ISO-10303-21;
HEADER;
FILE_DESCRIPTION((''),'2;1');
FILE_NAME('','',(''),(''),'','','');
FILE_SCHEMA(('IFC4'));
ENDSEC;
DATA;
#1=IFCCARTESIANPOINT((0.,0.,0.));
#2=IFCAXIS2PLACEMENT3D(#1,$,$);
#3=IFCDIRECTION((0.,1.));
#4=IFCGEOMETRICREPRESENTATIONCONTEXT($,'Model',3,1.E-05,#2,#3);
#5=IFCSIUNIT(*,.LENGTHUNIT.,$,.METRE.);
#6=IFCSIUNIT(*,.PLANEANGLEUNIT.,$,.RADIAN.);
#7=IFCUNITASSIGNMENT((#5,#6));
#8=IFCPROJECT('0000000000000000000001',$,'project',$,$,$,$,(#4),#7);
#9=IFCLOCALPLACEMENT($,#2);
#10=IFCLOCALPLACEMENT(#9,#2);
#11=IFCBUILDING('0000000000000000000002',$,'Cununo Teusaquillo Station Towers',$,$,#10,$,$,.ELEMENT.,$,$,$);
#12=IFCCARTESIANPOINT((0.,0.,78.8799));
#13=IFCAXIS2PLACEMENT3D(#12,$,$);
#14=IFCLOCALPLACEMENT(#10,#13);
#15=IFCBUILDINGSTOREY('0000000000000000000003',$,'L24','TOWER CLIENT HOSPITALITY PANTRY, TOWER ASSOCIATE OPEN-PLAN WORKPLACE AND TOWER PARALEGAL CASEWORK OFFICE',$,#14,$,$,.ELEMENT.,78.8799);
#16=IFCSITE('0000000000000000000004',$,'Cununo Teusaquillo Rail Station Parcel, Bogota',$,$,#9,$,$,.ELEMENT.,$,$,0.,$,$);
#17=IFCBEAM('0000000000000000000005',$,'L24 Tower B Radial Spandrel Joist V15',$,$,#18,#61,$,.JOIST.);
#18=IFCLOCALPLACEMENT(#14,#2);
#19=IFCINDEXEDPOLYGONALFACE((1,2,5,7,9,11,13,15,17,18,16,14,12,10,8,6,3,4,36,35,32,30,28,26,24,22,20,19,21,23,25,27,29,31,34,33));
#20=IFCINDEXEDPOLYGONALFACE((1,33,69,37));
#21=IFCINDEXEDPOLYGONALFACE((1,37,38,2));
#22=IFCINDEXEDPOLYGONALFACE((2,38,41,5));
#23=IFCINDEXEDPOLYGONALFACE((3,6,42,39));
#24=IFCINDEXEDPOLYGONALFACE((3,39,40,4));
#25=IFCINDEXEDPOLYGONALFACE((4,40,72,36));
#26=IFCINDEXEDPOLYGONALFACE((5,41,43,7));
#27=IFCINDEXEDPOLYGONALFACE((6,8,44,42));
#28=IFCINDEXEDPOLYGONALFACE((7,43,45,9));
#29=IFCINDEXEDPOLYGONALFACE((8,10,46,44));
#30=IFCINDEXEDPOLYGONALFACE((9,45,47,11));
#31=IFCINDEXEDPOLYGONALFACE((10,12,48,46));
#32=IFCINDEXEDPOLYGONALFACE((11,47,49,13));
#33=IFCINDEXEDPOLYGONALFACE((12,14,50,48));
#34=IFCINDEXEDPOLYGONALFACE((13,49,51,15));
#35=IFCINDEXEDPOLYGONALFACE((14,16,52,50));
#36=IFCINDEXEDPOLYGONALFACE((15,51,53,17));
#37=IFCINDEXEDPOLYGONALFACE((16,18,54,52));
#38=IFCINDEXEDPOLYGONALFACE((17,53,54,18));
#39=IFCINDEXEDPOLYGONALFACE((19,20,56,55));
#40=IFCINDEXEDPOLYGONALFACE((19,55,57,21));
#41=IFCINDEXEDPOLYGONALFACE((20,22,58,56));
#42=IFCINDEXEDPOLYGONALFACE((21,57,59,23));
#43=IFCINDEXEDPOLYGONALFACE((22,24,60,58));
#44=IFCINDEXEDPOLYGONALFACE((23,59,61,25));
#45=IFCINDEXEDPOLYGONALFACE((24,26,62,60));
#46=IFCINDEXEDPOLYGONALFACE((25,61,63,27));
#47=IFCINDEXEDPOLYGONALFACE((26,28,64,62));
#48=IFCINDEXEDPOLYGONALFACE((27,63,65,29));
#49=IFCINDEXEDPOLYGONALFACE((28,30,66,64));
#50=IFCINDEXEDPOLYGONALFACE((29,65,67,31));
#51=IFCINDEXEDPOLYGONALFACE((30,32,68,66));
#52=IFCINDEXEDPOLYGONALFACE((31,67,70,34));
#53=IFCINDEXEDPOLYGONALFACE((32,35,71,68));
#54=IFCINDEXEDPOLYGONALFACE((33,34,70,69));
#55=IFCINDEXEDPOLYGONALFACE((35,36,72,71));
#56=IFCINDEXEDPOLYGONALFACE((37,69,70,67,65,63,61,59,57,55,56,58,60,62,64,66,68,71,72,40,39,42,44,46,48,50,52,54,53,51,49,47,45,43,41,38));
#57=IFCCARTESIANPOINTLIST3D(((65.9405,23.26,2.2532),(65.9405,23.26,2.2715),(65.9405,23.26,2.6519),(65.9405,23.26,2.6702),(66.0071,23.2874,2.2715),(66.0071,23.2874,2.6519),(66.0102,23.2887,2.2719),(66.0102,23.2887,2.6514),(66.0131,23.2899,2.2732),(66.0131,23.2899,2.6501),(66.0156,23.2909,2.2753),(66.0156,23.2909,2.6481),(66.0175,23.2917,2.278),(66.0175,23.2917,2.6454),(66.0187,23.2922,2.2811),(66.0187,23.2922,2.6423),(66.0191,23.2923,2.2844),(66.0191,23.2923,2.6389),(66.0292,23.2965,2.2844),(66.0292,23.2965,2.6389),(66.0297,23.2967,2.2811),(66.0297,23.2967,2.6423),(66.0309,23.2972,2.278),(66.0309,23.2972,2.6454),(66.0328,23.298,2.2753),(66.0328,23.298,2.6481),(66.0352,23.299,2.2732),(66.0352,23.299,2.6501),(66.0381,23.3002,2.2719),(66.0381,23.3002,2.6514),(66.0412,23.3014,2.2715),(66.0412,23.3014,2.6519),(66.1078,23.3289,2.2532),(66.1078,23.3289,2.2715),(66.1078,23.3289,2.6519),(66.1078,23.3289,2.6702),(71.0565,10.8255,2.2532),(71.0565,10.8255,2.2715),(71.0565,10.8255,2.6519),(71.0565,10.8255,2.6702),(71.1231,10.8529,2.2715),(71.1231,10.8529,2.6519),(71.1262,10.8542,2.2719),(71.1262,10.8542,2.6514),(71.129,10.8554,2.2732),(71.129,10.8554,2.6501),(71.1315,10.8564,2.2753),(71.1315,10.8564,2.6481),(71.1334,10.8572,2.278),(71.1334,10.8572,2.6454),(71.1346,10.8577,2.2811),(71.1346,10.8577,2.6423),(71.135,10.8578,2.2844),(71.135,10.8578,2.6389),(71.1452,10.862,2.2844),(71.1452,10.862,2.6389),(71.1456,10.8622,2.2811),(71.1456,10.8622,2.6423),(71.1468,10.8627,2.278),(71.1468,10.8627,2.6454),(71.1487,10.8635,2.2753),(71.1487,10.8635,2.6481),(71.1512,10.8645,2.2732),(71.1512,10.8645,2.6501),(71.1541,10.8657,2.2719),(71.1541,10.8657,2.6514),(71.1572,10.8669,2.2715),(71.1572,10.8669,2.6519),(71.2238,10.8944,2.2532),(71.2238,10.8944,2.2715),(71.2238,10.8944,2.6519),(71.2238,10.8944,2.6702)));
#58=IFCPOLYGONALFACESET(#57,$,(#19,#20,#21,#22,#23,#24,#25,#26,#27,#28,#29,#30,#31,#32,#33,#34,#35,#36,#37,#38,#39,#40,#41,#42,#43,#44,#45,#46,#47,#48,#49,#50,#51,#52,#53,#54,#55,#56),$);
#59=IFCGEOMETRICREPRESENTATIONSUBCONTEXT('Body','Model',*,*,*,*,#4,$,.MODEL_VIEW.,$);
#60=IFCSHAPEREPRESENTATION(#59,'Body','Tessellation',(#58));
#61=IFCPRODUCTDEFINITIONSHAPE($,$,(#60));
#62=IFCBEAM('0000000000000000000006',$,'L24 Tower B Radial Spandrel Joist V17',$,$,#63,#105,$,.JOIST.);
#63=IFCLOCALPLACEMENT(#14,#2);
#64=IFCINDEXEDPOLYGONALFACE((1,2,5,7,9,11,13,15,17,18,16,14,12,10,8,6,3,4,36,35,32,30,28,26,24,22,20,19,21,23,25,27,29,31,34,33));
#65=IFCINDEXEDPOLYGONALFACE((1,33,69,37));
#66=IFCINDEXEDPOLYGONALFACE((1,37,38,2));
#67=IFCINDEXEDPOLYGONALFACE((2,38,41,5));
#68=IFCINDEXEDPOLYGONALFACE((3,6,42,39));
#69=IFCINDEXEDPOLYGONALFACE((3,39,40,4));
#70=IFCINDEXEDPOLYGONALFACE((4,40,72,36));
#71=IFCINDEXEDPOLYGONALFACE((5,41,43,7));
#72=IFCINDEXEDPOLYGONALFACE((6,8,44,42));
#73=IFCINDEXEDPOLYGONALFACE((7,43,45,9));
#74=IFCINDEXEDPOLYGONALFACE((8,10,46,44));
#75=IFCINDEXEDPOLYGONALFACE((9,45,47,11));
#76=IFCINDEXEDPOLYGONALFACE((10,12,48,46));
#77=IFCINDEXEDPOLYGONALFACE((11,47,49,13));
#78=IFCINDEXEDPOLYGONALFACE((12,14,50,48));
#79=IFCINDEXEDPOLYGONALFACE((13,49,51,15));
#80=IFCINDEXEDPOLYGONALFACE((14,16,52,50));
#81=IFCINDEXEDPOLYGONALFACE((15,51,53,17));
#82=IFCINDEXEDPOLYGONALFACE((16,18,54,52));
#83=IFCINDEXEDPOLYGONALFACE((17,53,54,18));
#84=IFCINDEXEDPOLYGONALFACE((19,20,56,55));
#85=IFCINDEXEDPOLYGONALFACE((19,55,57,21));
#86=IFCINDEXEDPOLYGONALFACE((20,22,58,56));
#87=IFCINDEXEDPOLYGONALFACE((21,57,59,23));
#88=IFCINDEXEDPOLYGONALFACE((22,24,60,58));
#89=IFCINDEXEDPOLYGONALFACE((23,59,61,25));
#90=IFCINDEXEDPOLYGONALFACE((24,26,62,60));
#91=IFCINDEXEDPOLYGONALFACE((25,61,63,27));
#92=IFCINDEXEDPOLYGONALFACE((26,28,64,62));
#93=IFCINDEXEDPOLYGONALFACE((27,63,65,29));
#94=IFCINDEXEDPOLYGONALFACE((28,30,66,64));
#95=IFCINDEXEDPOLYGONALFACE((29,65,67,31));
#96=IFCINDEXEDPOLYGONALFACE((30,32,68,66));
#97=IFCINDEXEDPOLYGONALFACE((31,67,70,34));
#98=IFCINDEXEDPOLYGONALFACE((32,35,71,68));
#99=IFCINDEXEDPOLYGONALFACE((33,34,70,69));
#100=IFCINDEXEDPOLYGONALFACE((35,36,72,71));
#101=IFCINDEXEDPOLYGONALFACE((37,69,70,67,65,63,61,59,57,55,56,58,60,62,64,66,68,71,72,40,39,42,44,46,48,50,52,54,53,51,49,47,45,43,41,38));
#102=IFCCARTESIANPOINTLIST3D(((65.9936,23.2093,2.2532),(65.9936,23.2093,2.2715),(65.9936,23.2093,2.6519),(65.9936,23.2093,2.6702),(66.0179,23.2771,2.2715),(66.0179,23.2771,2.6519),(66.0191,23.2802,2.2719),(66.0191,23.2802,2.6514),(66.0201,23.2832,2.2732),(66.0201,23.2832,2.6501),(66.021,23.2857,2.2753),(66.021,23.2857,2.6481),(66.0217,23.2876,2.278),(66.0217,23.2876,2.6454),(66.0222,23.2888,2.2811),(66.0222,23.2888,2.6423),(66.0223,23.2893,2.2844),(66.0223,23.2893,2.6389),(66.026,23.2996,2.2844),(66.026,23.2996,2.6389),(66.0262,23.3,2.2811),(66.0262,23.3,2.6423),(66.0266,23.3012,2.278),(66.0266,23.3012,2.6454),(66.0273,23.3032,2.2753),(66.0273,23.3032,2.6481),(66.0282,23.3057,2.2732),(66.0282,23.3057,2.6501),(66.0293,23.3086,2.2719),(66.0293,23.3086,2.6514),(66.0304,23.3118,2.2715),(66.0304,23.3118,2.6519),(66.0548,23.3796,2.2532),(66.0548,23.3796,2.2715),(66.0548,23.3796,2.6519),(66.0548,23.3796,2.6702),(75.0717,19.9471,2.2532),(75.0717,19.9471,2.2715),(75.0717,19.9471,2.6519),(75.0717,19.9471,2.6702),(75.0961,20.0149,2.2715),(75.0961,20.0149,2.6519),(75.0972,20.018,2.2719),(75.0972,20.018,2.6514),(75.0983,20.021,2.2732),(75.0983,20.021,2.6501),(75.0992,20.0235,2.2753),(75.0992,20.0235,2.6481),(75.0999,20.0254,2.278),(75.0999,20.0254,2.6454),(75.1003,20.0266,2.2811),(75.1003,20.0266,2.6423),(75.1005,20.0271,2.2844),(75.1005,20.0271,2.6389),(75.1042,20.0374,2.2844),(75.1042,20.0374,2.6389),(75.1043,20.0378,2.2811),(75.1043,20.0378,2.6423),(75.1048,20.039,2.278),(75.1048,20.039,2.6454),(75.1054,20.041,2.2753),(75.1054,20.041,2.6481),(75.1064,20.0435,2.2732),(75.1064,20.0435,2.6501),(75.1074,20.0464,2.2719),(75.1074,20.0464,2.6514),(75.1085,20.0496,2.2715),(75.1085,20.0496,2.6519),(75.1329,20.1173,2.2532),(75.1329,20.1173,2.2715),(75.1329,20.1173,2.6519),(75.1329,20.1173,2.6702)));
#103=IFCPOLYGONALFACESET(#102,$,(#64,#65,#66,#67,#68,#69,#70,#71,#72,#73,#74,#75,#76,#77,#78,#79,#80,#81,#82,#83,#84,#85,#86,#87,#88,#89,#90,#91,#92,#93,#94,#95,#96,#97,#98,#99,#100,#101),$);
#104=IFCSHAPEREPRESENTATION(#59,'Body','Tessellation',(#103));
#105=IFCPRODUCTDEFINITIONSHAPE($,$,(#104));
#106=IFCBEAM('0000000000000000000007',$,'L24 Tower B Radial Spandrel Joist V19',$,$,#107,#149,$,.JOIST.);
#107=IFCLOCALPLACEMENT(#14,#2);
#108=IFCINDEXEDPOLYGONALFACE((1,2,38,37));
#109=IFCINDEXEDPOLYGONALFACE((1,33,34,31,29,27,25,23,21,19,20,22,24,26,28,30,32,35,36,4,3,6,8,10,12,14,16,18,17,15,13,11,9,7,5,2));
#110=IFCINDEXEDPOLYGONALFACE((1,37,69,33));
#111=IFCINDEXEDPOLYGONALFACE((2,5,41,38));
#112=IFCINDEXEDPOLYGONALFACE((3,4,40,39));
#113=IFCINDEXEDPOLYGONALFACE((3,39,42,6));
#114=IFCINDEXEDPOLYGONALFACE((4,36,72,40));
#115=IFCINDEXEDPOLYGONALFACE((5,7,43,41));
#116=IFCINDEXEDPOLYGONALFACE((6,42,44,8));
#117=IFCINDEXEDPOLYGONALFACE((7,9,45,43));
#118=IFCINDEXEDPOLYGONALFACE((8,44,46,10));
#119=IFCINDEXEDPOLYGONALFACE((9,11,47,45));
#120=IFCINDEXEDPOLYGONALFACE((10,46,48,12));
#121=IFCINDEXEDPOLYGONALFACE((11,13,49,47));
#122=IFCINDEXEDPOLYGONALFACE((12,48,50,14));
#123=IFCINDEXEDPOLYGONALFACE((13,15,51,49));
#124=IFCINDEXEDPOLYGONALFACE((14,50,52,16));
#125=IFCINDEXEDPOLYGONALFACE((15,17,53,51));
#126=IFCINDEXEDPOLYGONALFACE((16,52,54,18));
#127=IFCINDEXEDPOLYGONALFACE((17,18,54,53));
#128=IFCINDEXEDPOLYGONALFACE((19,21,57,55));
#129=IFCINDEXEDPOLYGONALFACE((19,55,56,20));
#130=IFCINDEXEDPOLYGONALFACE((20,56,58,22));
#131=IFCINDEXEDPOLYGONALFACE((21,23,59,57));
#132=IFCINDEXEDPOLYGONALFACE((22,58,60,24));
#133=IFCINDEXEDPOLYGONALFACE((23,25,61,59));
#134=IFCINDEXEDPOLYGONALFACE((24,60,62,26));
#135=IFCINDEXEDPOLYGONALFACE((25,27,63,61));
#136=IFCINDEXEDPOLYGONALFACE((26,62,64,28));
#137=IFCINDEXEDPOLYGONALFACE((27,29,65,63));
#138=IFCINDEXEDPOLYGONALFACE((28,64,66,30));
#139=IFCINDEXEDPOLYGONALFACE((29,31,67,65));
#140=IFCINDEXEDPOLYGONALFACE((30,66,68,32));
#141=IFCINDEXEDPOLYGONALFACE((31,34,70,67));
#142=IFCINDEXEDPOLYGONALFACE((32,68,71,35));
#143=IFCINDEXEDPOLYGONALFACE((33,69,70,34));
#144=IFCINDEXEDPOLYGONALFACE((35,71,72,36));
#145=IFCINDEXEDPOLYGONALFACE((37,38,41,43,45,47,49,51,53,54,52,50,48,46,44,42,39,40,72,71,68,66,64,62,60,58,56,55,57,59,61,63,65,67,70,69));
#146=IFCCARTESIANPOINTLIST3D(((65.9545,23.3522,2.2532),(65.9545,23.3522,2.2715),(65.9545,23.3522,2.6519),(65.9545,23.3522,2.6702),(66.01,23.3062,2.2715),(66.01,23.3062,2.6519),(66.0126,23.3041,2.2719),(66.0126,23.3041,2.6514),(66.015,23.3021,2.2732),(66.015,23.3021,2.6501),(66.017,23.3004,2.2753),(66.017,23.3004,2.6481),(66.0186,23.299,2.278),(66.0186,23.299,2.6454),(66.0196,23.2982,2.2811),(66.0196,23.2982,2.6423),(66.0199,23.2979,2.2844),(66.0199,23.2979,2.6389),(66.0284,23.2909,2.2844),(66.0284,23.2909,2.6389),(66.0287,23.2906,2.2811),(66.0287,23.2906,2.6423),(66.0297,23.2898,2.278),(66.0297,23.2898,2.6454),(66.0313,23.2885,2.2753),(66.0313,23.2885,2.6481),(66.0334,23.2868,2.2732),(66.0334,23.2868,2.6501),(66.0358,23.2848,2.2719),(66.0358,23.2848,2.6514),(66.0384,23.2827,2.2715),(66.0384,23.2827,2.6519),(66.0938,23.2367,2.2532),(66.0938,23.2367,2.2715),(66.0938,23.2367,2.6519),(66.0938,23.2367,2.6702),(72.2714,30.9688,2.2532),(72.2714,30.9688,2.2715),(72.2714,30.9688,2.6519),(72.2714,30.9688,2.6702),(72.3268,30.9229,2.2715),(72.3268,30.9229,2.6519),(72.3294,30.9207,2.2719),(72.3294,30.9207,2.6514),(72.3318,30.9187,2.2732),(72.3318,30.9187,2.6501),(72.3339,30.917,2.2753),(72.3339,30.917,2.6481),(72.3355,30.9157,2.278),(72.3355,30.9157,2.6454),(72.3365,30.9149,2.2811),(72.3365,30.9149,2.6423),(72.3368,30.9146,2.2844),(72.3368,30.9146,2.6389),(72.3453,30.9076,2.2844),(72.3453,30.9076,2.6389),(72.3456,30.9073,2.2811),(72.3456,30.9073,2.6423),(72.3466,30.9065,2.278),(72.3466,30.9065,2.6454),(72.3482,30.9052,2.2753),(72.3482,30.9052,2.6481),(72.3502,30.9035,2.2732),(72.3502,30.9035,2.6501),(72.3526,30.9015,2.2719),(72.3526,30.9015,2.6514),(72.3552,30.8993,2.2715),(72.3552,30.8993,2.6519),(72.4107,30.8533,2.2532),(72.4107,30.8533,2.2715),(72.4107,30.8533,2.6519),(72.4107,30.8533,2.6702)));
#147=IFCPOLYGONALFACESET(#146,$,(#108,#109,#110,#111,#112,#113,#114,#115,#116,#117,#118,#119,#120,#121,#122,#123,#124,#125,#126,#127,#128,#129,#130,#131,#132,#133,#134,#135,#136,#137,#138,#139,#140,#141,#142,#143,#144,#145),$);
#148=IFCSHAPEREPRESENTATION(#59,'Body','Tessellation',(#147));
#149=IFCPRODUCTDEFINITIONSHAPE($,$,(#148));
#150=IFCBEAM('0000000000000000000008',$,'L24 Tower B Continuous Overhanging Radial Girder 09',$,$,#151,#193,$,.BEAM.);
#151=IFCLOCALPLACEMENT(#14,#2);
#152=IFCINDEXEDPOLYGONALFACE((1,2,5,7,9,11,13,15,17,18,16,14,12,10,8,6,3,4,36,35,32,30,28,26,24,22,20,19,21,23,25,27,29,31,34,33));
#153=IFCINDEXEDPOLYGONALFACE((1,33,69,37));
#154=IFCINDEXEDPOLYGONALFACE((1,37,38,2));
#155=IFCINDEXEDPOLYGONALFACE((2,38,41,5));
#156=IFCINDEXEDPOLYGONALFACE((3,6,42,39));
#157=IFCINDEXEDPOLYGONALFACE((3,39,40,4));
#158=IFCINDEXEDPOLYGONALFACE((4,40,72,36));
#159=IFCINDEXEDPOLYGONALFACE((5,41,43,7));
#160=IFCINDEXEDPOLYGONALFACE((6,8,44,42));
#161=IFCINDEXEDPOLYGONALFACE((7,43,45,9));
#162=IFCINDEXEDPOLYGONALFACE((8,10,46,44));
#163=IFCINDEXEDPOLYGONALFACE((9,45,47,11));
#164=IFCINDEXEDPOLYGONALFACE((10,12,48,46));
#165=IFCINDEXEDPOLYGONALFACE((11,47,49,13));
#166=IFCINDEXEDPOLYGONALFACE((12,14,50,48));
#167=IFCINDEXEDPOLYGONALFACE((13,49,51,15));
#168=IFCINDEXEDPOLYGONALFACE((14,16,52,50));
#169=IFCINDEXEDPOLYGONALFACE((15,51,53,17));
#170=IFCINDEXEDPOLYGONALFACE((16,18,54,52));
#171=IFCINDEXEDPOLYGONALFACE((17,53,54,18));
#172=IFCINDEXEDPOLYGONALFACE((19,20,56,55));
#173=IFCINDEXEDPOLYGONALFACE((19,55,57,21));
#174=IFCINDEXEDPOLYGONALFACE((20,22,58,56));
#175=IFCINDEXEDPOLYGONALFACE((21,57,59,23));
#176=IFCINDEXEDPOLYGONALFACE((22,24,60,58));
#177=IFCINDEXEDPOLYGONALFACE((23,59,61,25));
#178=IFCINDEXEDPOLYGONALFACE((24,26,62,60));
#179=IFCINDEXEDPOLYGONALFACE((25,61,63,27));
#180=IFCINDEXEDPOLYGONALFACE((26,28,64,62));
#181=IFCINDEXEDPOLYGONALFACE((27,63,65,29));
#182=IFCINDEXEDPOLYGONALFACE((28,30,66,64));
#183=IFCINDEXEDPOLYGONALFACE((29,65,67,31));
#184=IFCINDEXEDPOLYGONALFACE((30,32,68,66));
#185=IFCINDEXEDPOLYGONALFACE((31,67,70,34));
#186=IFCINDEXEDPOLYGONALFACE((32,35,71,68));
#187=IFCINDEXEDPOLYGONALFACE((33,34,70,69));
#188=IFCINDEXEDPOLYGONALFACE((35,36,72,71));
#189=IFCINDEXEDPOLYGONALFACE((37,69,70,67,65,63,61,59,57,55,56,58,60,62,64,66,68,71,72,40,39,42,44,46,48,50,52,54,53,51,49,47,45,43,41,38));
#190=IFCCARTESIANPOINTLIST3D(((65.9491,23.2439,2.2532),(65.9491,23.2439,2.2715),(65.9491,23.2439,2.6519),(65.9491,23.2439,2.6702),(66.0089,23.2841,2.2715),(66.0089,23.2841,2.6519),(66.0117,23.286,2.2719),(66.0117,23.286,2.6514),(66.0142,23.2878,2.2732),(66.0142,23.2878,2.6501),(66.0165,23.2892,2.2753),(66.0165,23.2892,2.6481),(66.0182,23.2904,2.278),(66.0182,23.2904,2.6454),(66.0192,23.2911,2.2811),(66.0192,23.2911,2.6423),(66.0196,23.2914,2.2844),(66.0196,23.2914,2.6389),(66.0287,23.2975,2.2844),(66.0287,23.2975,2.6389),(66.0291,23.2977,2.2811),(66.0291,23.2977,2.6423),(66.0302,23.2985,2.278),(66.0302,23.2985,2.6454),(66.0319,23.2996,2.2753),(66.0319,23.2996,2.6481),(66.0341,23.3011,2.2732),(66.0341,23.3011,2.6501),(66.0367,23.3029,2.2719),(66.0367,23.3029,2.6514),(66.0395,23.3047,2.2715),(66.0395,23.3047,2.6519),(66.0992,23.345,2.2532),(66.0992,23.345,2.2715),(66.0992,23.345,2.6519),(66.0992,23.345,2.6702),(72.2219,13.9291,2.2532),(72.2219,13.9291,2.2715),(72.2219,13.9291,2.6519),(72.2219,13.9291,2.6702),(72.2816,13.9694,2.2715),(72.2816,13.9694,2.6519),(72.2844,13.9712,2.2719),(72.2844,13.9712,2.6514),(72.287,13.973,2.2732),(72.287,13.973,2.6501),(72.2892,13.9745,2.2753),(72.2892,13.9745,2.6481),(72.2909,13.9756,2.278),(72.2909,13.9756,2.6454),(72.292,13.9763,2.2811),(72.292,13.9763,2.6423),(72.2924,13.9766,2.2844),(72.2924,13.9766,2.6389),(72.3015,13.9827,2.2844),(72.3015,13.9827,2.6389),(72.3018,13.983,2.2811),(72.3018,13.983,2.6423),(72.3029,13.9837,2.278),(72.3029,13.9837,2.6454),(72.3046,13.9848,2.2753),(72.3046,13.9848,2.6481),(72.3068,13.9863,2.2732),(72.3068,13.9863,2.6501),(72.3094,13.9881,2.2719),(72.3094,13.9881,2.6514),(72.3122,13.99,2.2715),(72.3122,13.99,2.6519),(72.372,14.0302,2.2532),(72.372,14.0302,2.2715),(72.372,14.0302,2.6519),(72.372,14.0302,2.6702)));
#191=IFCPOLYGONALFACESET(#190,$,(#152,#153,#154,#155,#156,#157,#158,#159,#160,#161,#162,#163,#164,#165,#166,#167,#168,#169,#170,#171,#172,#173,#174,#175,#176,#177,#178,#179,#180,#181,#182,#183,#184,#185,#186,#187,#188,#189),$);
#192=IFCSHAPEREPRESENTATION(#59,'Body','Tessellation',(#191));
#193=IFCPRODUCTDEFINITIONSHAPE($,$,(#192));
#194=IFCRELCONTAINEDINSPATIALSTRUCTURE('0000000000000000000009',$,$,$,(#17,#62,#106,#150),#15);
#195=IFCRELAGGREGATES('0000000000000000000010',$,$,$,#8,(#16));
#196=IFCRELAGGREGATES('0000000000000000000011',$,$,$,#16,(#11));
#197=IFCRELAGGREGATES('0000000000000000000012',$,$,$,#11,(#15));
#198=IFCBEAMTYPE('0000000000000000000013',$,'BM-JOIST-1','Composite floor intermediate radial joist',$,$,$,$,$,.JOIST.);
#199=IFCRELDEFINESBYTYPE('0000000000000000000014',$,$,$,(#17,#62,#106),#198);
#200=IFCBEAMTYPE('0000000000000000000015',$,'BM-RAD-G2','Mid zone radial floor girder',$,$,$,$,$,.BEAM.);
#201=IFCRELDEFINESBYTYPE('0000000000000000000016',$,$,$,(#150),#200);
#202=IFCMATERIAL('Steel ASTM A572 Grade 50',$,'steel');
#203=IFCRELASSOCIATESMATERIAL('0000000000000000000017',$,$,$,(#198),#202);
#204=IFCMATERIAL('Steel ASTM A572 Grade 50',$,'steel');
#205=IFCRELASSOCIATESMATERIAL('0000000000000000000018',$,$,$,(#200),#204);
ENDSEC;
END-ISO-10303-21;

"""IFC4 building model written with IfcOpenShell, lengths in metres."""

from ifc_helpers import new_model, si_unit, direction, frame, origin, origin_2d, place, context, subcontext, project, spatial, i_section, extrude, material, material_profile, profile_set, type_object, element, save


model = new_model("IFC4")

# Units and contexts
model_context = context("Model", 3, precision=1e-05, world=origin(), true_north=direction((0.0, 1.0)))
body_context = subcontext(model_context, "Body", "Model", "MODEL_VIEW")
ifc_project = project(units=[si_unit("LENGTHUNIT", "METRE"), si_unit("PLANEANGLEUNIT", "RADIAN")], contexts=[model_context])

# Site, building, storey
site_placement = place(None, origin())
site = spatial("IfcSite", under=ifc_project, at=site_placement, Name="Cununo Teusaquillo Rail Station Parcel, Bogota", CompositionType="ELEMENT", RefElevation=0.0)
building_placement = place(site_placement, origin())
building = spatial("IfcBuilding", under=site, at=building_placement, Name="Cununo Teusaquillo Station Towers", CompositionType="ELEMENT")
storey_placement = place(building_placement, frame((0.0, 0.0, 78.8799)))
storey = spatial("IfcBuildingStorey", under=building, at=storey_placement, Name="L24", Description="TOWER CLIENT HOSPITALITY PANTRY, TOWER ASSOCIATE OPEN-PLAN WORKPLACE AND TOWER PARALEGAL CASEWORK OFFICE", CompositionType="ELEMENT", Elevation=78.8799)

# Beams
ifc_material_1 = material(Name="Steel ASTM A572 Grade 50", Category="steel")
ifc_material_profile_1 = material_profile(ifc_material_1, i_section(OverallWidth=0.1809, OverallDepth=0.417, WebThickness=0.011, FlangeThickness=0.0183, FilletRadius=0.0129, at=origin_2d()), Name="W16X57")
ifc_profile_set_1 = profile_set([ifc_material_profile_1], Name="Steel ASTM A572 Grade 50")
beam_type_1 = type_object("IfcBeamType", Name="BM-JOIST-1", Description="Composite floor intermediate radial joist", PredefinedType="JOIST", material=ifc_profile_set_1)
beam_1_placement = place(storey_placement, frame((66.0242, 23.2944, 2.4617), z_axis=(0.380486, -0.924787, 0.0), x_axis=(0.924787, 0.380486, 0.0)))
element("IfcBeam", 1, at=beam_1_placement, inside=storey, type_object=beam_type_1, Name="L24 Tower B Radial Spandrel Joist V15", PredefinedType="JOIST", context=body_context, shape_type="SweptSolid", body=[
    extrude(i_section(OverallWidth=0.1809, OverallDepth=0.417, WebThickness=0.011, FlangeThickness=0.0183, FilletRadius=0.0129, at=origin_2d()), origin(), (0.0, 0.0, 1.0), 13.4458),
])
beam_2_placement = place(storey_placement, frame((66.0242, 23.2944, 2.4617), z_axis=(0.941083, -0.338176, 0.0), x_axis=(0.338176, 0.941083, 0.0)))
element("IfcBeam", 2, at=beam_2_placement, inside=storey, type_object=beam_type_1, Name="L24 Tower B Radial Spandrel Joist V17", PredefinedType="JOIST", context=body_context, shape_type="SweptSolid", body=[
    extrude(i_section(OverallWidth=0.1809, OverallDepth=0.417, WebThickness=0.011, FlangeThickness=0.0183, FilletRadius=0.0129, at=origin_2d()), origin(), (0.0, 0.0, 1.0), 9.6465),
])
beam_3_placement = place(storey_placement, frame((66.0242, 23.2944, 2.4617), z_axis=(0.638372, 0.769728, 0.0), x_axis=(-0.769728, 0.638372, 0.0)))
element("IfcBeam", 3, at=beam_3_placement, inside=storey, type_object=beam_type_1, Name="L24 Tower B Radial Spandrel Joist V19", PredefinedType="JOIST", context=body_context, shape_type="SweptSolid", body=[
    extrude(i_section(OverallWidth=0.1809, OverallDepth=0.417, WebThickness=0.011, FlangeThickness=0.0183, FilletRadius=0.0129, at=origin_2d()), origin(), (0.0, 0.0, 1.0), 9.8953),
])
ifc_material_2 = material(Name="Steel ASTM A572 Grade 50", Category="steel")
ifc_material_profile_2 = material_profile(ifc_material_2, i_section(OverallWidth=0.1809, OverallDepth=0.417, WebThickness=0.011, FlangeThickness=0.0183, FilletRadius=0.0129, at=origin_2d()), Name="W16X57")
ifc_profile_set_2 = profile_set([ifc_material_profile_2], Name="Steel ASTM A572 Grade 50")
beam_type_2 = type_object("IfcBeamType", Name="BM-RAD-G2", Description="Mid zone radial floor girder", PredefinedType="BEAM", material=ifc_profile_set_2)
beam_4_placement = place(storey_placement, frame((66.0242, 23.2944, 2.4617), z_axis=(0.558572, -0.829456, 0.0), x_axis=(0.829456, 0.558572, 0.0)))
element("IfcBeam", 4, at=beam_4_placement, inside=storey, type_object=beam_type_2, Name="L24 Tower B Continuous Overhanging Radial Girder 09", PredefinedType="BEAM", context=body_context, shape_type="SweptSolid", body=[
    extrude(i_section(OverallWidth=0.1809, OverallDepth=0.417, WebThickness=0.011, FlangeThickness=0.0183, FilletRadius=0.0129, at=origin_2d()), origin(), (0.0, 0.0, 1.0), 11.23),
])

save(model, "model.ifc")
